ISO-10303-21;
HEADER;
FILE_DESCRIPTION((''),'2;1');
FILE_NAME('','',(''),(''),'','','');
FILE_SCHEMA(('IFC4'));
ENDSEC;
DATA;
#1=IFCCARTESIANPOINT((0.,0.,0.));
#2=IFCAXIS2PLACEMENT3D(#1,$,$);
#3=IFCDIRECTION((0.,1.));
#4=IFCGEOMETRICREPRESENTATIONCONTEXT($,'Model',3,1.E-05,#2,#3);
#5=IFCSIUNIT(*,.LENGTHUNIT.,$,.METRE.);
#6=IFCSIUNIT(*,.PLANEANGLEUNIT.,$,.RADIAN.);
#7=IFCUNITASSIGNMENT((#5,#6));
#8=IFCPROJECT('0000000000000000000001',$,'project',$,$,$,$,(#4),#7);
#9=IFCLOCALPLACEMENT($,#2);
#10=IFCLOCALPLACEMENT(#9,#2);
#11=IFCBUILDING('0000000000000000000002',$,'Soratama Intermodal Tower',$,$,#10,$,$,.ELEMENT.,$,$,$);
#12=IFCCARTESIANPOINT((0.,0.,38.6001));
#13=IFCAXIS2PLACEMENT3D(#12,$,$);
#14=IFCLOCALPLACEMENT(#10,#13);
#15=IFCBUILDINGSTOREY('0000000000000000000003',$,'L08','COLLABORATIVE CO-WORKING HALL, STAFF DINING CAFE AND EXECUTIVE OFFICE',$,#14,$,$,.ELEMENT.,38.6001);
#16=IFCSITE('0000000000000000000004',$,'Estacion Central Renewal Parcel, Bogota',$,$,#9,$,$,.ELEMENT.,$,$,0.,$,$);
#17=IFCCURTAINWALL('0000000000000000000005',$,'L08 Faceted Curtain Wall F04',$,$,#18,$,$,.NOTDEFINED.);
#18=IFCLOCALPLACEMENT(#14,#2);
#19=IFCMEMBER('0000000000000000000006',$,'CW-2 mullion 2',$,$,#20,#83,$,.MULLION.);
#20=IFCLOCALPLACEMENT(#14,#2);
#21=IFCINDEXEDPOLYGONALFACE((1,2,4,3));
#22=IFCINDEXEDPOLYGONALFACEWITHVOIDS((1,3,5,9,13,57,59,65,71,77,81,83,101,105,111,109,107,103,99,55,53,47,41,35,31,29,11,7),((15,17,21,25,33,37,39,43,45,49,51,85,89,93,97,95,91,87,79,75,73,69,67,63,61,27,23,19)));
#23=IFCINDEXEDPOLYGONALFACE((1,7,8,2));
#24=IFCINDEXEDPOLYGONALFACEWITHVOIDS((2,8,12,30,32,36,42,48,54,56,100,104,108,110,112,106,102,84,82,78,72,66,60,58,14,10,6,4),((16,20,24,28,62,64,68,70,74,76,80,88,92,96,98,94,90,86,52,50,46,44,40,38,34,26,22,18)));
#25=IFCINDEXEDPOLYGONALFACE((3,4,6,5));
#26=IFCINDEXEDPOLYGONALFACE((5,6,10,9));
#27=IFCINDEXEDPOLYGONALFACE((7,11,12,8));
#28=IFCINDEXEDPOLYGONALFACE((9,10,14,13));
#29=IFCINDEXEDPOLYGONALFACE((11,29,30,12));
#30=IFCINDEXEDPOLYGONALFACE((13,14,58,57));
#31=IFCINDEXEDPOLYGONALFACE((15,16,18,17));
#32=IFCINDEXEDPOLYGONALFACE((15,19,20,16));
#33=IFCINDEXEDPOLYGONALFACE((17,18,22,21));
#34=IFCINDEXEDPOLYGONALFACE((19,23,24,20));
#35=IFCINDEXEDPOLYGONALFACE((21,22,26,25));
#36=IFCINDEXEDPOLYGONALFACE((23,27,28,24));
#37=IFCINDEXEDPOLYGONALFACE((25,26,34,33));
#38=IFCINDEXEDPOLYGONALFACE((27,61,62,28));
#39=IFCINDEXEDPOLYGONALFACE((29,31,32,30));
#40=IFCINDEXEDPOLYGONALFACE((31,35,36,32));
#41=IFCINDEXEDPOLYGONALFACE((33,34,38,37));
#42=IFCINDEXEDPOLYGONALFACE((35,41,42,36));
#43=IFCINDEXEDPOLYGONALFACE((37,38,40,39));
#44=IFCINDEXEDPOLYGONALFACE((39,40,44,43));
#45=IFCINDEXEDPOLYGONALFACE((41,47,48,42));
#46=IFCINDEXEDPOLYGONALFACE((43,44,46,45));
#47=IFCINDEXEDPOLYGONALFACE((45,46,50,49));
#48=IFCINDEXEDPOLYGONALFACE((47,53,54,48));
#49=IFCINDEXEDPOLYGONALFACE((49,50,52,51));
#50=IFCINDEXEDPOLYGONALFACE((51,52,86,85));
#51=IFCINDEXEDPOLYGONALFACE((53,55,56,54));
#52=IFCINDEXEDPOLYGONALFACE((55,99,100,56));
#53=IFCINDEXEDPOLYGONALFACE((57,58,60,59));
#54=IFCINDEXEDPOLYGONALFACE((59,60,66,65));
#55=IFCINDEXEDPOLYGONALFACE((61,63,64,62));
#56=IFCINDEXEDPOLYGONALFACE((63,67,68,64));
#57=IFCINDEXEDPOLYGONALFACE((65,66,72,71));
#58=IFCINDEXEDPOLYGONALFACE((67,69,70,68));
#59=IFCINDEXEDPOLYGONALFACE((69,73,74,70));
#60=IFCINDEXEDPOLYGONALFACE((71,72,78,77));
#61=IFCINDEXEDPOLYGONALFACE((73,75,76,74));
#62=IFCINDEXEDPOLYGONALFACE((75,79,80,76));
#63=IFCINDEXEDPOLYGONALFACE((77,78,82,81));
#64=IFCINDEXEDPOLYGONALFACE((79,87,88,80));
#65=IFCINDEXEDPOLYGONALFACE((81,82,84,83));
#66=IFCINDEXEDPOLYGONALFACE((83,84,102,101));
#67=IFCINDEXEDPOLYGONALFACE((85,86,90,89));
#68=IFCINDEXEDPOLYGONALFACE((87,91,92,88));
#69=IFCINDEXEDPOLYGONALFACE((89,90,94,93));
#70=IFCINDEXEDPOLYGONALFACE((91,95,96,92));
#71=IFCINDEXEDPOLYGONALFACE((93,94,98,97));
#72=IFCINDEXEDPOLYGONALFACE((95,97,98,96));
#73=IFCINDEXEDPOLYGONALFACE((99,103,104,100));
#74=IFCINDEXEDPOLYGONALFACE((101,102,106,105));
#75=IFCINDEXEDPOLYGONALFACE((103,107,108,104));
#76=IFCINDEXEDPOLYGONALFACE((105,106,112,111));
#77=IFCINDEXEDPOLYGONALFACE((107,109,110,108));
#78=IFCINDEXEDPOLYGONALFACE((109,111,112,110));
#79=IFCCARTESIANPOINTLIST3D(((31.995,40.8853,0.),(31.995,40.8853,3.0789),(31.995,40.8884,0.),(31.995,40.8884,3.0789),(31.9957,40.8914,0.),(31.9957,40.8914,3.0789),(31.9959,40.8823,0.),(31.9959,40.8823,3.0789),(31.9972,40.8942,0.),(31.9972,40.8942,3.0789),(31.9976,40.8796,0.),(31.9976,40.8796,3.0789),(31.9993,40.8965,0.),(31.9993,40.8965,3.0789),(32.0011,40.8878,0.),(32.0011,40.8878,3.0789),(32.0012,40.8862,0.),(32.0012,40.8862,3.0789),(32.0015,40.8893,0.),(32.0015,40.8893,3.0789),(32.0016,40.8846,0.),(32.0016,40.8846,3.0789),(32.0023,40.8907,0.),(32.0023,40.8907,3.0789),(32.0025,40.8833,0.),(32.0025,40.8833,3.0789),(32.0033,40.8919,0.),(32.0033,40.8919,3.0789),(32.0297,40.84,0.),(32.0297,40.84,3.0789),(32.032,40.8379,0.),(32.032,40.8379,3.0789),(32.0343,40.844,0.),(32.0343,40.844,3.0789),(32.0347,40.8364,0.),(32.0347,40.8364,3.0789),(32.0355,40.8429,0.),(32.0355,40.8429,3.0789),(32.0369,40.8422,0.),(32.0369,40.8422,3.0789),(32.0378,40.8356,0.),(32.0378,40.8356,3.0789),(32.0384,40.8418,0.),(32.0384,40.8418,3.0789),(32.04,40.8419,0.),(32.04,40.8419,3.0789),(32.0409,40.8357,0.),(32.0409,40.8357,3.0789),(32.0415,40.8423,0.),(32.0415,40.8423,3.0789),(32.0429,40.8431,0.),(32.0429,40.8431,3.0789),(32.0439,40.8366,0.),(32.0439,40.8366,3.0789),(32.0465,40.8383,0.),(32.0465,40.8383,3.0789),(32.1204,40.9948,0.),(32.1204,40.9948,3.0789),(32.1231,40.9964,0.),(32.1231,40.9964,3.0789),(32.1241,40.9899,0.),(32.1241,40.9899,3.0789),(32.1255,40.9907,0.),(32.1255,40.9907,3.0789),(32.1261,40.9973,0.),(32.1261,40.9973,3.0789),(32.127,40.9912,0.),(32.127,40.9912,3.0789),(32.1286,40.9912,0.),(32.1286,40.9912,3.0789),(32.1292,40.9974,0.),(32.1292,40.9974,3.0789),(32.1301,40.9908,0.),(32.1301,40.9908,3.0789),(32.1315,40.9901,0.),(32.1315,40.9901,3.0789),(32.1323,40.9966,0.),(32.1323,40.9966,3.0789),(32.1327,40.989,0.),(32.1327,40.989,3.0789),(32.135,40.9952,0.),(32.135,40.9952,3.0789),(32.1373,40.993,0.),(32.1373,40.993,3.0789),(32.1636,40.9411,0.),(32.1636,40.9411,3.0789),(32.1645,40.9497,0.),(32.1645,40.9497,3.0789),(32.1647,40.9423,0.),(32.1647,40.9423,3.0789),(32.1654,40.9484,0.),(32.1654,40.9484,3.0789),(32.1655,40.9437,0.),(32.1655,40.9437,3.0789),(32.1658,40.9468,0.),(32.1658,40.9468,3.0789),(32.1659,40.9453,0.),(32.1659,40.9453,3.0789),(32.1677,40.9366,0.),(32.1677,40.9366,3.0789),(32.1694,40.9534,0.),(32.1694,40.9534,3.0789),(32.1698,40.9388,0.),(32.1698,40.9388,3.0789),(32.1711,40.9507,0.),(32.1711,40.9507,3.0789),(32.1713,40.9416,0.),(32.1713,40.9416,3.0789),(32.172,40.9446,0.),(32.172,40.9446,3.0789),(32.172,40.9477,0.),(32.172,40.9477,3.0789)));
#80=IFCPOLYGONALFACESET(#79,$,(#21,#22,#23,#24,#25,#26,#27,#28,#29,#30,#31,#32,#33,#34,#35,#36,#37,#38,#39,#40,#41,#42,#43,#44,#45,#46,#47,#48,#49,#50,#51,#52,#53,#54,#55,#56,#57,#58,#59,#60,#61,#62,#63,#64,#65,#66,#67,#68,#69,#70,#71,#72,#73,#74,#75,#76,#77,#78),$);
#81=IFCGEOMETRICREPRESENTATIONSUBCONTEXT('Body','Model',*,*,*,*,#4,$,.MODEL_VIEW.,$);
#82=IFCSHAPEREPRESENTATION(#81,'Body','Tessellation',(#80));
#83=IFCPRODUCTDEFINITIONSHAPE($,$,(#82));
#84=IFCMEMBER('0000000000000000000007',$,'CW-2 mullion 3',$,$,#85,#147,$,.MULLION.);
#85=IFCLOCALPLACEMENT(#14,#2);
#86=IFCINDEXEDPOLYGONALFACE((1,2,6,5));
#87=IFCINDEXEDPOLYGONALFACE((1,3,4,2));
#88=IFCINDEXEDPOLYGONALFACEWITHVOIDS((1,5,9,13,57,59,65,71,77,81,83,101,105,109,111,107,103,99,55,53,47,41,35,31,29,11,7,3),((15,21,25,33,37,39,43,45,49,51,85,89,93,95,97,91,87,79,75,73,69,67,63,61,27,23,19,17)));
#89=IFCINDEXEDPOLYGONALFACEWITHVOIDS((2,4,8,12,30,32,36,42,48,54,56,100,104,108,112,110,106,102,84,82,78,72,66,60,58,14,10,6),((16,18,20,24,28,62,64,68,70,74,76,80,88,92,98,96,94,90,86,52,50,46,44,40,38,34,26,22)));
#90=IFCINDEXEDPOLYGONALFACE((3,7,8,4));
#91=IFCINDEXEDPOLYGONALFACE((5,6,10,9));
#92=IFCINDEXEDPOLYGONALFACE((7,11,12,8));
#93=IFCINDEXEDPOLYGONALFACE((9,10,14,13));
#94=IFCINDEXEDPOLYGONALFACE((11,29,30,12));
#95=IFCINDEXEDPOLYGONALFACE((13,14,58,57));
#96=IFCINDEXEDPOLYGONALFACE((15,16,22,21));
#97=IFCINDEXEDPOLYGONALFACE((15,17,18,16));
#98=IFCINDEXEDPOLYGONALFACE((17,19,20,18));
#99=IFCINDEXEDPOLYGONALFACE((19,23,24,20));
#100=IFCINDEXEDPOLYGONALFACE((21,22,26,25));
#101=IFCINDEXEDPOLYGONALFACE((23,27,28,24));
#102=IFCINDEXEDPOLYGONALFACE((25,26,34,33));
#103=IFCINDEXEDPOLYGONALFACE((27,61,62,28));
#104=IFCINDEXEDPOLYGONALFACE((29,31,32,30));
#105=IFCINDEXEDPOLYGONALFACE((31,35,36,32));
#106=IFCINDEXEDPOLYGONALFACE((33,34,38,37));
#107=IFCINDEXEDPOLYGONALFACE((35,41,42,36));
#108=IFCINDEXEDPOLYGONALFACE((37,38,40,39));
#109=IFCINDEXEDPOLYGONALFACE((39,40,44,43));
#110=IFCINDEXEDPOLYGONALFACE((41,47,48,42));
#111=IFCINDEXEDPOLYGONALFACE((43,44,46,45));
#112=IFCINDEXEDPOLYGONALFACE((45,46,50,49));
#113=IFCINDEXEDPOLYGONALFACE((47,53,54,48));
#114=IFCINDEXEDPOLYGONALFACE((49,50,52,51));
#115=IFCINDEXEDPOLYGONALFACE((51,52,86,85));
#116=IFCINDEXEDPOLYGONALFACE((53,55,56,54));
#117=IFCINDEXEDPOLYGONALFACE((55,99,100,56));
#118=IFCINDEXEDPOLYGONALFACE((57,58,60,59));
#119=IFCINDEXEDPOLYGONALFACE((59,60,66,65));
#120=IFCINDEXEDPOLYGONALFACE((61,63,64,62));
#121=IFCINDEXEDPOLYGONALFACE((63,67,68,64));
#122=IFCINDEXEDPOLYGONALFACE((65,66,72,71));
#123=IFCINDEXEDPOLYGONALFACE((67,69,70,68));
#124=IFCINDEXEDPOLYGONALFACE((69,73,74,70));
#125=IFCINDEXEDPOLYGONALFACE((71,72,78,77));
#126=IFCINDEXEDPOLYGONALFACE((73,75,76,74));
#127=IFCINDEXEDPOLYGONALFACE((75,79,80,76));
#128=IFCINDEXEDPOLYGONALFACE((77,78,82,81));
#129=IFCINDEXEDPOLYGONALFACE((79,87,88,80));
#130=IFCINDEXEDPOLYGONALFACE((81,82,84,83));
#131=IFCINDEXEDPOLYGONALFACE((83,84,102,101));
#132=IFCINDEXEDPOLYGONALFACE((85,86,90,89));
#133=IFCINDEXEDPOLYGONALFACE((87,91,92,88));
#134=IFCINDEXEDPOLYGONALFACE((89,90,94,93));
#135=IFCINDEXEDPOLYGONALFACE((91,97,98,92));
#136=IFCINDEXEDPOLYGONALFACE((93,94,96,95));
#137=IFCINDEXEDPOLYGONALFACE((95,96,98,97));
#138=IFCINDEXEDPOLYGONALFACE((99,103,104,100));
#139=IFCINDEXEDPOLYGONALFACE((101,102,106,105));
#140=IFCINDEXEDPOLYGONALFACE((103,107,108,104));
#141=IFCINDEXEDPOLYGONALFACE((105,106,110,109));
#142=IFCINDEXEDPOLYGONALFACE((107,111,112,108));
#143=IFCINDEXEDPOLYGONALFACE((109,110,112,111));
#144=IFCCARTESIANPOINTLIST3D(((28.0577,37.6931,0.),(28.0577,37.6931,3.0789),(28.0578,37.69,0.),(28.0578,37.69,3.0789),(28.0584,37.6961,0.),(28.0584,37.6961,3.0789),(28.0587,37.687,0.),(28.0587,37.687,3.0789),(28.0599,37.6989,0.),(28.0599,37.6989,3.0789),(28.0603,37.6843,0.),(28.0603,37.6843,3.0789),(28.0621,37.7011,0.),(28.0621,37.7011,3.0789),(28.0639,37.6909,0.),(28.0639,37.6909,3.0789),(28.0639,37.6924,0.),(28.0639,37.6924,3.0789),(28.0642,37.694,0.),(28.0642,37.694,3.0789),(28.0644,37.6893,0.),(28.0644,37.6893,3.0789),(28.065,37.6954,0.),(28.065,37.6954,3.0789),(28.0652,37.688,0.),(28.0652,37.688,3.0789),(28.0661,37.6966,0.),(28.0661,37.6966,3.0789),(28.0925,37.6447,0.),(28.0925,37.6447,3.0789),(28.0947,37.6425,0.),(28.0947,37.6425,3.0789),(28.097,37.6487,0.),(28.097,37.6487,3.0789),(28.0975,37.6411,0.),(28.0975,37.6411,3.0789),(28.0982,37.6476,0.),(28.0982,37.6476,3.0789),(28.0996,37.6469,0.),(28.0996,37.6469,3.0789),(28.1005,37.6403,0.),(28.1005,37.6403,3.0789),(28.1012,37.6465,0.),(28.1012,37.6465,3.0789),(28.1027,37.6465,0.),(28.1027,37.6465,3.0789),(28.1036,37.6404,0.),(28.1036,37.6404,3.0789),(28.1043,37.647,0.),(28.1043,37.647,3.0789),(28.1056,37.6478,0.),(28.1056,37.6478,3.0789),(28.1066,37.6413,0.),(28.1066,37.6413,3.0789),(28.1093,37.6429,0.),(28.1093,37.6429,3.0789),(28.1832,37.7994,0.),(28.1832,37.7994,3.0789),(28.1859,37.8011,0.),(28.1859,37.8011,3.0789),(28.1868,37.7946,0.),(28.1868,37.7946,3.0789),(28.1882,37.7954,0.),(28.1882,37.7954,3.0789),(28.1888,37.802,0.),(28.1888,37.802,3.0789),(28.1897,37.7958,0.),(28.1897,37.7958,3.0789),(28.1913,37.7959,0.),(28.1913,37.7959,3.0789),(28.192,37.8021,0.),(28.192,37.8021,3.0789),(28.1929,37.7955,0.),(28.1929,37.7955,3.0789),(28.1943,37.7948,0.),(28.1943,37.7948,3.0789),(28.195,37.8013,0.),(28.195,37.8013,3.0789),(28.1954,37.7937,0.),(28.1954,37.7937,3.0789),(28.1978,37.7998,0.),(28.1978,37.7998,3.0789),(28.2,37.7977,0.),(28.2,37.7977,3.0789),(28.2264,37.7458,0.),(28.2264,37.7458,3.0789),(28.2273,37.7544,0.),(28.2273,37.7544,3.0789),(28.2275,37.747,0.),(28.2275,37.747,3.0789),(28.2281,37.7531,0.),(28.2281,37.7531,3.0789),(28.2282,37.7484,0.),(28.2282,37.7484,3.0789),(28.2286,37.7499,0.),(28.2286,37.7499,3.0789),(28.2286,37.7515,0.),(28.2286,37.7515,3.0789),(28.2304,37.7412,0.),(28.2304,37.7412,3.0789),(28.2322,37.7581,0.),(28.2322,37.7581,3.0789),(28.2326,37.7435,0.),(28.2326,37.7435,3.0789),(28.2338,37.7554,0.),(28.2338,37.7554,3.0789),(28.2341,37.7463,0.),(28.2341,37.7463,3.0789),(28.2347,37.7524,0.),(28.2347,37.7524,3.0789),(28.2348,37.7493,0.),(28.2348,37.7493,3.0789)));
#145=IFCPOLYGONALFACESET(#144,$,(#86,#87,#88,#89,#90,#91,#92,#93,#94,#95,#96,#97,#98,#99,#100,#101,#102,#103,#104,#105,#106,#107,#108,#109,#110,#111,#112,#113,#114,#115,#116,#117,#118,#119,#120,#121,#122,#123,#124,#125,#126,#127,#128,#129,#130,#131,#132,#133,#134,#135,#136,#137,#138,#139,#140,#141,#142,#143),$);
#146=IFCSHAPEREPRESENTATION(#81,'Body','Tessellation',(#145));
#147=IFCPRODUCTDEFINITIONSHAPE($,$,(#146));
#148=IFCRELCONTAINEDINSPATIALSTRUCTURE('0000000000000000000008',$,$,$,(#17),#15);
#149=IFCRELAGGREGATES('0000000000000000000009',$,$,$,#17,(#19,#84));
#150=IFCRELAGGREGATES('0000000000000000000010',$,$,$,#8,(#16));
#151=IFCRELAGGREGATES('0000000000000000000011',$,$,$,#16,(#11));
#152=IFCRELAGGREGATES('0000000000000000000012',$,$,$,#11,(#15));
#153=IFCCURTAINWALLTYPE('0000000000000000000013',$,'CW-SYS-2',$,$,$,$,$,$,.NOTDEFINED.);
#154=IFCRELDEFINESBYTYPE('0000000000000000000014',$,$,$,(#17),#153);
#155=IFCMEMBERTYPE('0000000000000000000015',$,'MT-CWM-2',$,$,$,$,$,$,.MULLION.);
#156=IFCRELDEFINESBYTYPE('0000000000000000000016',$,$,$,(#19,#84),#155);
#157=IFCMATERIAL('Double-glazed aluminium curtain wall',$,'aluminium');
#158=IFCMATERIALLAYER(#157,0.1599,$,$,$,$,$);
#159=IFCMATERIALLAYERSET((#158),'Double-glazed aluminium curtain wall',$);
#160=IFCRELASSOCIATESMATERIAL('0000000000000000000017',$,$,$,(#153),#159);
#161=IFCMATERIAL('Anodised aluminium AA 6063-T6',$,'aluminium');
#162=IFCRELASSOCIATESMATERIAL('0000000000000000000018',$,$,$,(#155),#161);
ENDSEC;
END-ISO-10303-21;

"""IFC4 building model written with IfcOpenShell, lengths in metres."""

from ifc_helpers import new_model, si_unit, direction, frame, origin, origin_2d, place, context, subcontext, project, spatial, hollow_rectangle, extrude, material, layer, layer_set, material_profile, profile_set, type_object, element, aggregate, save


model = new_model("IFC4")

# Units and contexts
model_context = context("Model", 3, precision=1e-05, world=origin(), true_north=direction((0.0, 1.0)))
body_context = subcontext(model_context, "Body", "Model", "MODEL_VIEW")
ifc_project = project(units=[si_unit("LENGTHUNIT", "METRE"), si_unit("PLANEANGLEUNIT", "RADIAN")], contexts=[model_context])

# Site, building, storey
site_placement = place(None, origin())
site = spatial("IfcSite", under=ifc_project, at=site_placement, Name="Estacion Central Renewal Parcel, Bogota", CompositionType="ELEMENT", RefElevation=0.0)
building_placement = place(site_placement, origin())
building = spatial("IfcBuilding", under=site, at=building_placement, Name="Soratama Intermodal Tower", CompositionType="ELEMENT")
storey_placement = place(building_placement, frame((0.0, 0.0, 38.6001)))
storey = spatial("IfcBuildingStorey", under=building, at=storey_placement, Name="L08", Description="COLLABORATIVE CO-WORKING HALL, STAFF DINING CAFE AND EXECUTIVE OFFICE", CompositionType="ELEMENT", Elevation=38.6001)

# Curtain wall, members
ifc_material_1 = material(Name="Double-glazed aluminium curtain wall", Category="aluminium")
ifc_layer_1 = layer(ifc_material_1, 0.1599)
ifc_layer_set_1 = layer_set([ifc_layer_1], Name="Double-glazed aluminium curtain wall")
curtain_wall_type = type_object("IfcCurtainWallType", Name="CW-SYS-2", PredefinedType="NOTDEFINED", material=ifc_layer_set_1)
curtain_wall_placement = place(storey_placement, origin())
curtain_wall = element("IfcCurtainWall", 1, at=curtain_wall_placement, inside=storey, type_object=curtain_wall_type, Name="L08 Faceted Curtain Wall F04", PredefinedType="NOTDEFINED")
ifc_material_2 = material(Name="Anodised aluminium AA 6063-T6", Category="aluminium")
ifc_material_profile_1 = material_profile(ifc_material_2, hollow_rectangle(XDim=0.075, YDim=0.1799, WallThickness=0.0061, InnerFilletRadius=0.0061, OuterFilletRadius=0.012, at=origin_2d()), Name="CWM180X75X6")
ifc_profile_set_1 = profile_set([ifc_material_profile_1], Name="Anodised aluminium AA 6063-T6")
member_type_1 = type_object("IfcMemberType", Name="MT-CWM-2", PredefinedType="MULLION", material=ifc_profile_set_1)
member_1_placement = place(storey_placement, frame((32.0835, 40.9165, 0.0), z_axis=(0.0, 0.0, 1.0), x_axis=(0.630137, -0.776484, 0.0)))
member_1 = element("IfcMember", 2, at=member_1_placement, type_object=member_type_1, Name="CW-2 mullion 2", PredefinedType="MULLION", context=body_context, shape_type="SweptSolid", body=[
    extrude(hollow_rectangle(XDim=0.075, YDim=0.1799, WallThickness=0.0061, InnerFilletRadius=0.0061, OuterFilletRadius=0.012, at=origin_2d()), origin(), (0.0, 0.0, 1.0), 3.0789),
])
member_2_placement = place(storey_placement, frame((28.1462, 37.7212, 0.0), z_axis=(0.0, 0.0, 1.0), x_axis=(0.630137, -0.776484, 0.0)))
member_2 = element("IfcMember", 3, at=member_2_placement, type_object=member_type_1, Name="CW-2 mullion 3", PredefinedType="MULLION", context=body_context, shape_type="SweptSolid", body=[
    extrude(hollow_rectangle(XDim=0.075, YDim=0.1799, WallThickness=0.0061, InnerFilletRadius=0.0061, OuterFilletRadius=0.012, at=origin_2d()), origin(), (0.0, 0.0, 1.0), 3.0789),
])
aggregate(curtain_wall, [member_1, member_2])

save(model, "model.ifc")
